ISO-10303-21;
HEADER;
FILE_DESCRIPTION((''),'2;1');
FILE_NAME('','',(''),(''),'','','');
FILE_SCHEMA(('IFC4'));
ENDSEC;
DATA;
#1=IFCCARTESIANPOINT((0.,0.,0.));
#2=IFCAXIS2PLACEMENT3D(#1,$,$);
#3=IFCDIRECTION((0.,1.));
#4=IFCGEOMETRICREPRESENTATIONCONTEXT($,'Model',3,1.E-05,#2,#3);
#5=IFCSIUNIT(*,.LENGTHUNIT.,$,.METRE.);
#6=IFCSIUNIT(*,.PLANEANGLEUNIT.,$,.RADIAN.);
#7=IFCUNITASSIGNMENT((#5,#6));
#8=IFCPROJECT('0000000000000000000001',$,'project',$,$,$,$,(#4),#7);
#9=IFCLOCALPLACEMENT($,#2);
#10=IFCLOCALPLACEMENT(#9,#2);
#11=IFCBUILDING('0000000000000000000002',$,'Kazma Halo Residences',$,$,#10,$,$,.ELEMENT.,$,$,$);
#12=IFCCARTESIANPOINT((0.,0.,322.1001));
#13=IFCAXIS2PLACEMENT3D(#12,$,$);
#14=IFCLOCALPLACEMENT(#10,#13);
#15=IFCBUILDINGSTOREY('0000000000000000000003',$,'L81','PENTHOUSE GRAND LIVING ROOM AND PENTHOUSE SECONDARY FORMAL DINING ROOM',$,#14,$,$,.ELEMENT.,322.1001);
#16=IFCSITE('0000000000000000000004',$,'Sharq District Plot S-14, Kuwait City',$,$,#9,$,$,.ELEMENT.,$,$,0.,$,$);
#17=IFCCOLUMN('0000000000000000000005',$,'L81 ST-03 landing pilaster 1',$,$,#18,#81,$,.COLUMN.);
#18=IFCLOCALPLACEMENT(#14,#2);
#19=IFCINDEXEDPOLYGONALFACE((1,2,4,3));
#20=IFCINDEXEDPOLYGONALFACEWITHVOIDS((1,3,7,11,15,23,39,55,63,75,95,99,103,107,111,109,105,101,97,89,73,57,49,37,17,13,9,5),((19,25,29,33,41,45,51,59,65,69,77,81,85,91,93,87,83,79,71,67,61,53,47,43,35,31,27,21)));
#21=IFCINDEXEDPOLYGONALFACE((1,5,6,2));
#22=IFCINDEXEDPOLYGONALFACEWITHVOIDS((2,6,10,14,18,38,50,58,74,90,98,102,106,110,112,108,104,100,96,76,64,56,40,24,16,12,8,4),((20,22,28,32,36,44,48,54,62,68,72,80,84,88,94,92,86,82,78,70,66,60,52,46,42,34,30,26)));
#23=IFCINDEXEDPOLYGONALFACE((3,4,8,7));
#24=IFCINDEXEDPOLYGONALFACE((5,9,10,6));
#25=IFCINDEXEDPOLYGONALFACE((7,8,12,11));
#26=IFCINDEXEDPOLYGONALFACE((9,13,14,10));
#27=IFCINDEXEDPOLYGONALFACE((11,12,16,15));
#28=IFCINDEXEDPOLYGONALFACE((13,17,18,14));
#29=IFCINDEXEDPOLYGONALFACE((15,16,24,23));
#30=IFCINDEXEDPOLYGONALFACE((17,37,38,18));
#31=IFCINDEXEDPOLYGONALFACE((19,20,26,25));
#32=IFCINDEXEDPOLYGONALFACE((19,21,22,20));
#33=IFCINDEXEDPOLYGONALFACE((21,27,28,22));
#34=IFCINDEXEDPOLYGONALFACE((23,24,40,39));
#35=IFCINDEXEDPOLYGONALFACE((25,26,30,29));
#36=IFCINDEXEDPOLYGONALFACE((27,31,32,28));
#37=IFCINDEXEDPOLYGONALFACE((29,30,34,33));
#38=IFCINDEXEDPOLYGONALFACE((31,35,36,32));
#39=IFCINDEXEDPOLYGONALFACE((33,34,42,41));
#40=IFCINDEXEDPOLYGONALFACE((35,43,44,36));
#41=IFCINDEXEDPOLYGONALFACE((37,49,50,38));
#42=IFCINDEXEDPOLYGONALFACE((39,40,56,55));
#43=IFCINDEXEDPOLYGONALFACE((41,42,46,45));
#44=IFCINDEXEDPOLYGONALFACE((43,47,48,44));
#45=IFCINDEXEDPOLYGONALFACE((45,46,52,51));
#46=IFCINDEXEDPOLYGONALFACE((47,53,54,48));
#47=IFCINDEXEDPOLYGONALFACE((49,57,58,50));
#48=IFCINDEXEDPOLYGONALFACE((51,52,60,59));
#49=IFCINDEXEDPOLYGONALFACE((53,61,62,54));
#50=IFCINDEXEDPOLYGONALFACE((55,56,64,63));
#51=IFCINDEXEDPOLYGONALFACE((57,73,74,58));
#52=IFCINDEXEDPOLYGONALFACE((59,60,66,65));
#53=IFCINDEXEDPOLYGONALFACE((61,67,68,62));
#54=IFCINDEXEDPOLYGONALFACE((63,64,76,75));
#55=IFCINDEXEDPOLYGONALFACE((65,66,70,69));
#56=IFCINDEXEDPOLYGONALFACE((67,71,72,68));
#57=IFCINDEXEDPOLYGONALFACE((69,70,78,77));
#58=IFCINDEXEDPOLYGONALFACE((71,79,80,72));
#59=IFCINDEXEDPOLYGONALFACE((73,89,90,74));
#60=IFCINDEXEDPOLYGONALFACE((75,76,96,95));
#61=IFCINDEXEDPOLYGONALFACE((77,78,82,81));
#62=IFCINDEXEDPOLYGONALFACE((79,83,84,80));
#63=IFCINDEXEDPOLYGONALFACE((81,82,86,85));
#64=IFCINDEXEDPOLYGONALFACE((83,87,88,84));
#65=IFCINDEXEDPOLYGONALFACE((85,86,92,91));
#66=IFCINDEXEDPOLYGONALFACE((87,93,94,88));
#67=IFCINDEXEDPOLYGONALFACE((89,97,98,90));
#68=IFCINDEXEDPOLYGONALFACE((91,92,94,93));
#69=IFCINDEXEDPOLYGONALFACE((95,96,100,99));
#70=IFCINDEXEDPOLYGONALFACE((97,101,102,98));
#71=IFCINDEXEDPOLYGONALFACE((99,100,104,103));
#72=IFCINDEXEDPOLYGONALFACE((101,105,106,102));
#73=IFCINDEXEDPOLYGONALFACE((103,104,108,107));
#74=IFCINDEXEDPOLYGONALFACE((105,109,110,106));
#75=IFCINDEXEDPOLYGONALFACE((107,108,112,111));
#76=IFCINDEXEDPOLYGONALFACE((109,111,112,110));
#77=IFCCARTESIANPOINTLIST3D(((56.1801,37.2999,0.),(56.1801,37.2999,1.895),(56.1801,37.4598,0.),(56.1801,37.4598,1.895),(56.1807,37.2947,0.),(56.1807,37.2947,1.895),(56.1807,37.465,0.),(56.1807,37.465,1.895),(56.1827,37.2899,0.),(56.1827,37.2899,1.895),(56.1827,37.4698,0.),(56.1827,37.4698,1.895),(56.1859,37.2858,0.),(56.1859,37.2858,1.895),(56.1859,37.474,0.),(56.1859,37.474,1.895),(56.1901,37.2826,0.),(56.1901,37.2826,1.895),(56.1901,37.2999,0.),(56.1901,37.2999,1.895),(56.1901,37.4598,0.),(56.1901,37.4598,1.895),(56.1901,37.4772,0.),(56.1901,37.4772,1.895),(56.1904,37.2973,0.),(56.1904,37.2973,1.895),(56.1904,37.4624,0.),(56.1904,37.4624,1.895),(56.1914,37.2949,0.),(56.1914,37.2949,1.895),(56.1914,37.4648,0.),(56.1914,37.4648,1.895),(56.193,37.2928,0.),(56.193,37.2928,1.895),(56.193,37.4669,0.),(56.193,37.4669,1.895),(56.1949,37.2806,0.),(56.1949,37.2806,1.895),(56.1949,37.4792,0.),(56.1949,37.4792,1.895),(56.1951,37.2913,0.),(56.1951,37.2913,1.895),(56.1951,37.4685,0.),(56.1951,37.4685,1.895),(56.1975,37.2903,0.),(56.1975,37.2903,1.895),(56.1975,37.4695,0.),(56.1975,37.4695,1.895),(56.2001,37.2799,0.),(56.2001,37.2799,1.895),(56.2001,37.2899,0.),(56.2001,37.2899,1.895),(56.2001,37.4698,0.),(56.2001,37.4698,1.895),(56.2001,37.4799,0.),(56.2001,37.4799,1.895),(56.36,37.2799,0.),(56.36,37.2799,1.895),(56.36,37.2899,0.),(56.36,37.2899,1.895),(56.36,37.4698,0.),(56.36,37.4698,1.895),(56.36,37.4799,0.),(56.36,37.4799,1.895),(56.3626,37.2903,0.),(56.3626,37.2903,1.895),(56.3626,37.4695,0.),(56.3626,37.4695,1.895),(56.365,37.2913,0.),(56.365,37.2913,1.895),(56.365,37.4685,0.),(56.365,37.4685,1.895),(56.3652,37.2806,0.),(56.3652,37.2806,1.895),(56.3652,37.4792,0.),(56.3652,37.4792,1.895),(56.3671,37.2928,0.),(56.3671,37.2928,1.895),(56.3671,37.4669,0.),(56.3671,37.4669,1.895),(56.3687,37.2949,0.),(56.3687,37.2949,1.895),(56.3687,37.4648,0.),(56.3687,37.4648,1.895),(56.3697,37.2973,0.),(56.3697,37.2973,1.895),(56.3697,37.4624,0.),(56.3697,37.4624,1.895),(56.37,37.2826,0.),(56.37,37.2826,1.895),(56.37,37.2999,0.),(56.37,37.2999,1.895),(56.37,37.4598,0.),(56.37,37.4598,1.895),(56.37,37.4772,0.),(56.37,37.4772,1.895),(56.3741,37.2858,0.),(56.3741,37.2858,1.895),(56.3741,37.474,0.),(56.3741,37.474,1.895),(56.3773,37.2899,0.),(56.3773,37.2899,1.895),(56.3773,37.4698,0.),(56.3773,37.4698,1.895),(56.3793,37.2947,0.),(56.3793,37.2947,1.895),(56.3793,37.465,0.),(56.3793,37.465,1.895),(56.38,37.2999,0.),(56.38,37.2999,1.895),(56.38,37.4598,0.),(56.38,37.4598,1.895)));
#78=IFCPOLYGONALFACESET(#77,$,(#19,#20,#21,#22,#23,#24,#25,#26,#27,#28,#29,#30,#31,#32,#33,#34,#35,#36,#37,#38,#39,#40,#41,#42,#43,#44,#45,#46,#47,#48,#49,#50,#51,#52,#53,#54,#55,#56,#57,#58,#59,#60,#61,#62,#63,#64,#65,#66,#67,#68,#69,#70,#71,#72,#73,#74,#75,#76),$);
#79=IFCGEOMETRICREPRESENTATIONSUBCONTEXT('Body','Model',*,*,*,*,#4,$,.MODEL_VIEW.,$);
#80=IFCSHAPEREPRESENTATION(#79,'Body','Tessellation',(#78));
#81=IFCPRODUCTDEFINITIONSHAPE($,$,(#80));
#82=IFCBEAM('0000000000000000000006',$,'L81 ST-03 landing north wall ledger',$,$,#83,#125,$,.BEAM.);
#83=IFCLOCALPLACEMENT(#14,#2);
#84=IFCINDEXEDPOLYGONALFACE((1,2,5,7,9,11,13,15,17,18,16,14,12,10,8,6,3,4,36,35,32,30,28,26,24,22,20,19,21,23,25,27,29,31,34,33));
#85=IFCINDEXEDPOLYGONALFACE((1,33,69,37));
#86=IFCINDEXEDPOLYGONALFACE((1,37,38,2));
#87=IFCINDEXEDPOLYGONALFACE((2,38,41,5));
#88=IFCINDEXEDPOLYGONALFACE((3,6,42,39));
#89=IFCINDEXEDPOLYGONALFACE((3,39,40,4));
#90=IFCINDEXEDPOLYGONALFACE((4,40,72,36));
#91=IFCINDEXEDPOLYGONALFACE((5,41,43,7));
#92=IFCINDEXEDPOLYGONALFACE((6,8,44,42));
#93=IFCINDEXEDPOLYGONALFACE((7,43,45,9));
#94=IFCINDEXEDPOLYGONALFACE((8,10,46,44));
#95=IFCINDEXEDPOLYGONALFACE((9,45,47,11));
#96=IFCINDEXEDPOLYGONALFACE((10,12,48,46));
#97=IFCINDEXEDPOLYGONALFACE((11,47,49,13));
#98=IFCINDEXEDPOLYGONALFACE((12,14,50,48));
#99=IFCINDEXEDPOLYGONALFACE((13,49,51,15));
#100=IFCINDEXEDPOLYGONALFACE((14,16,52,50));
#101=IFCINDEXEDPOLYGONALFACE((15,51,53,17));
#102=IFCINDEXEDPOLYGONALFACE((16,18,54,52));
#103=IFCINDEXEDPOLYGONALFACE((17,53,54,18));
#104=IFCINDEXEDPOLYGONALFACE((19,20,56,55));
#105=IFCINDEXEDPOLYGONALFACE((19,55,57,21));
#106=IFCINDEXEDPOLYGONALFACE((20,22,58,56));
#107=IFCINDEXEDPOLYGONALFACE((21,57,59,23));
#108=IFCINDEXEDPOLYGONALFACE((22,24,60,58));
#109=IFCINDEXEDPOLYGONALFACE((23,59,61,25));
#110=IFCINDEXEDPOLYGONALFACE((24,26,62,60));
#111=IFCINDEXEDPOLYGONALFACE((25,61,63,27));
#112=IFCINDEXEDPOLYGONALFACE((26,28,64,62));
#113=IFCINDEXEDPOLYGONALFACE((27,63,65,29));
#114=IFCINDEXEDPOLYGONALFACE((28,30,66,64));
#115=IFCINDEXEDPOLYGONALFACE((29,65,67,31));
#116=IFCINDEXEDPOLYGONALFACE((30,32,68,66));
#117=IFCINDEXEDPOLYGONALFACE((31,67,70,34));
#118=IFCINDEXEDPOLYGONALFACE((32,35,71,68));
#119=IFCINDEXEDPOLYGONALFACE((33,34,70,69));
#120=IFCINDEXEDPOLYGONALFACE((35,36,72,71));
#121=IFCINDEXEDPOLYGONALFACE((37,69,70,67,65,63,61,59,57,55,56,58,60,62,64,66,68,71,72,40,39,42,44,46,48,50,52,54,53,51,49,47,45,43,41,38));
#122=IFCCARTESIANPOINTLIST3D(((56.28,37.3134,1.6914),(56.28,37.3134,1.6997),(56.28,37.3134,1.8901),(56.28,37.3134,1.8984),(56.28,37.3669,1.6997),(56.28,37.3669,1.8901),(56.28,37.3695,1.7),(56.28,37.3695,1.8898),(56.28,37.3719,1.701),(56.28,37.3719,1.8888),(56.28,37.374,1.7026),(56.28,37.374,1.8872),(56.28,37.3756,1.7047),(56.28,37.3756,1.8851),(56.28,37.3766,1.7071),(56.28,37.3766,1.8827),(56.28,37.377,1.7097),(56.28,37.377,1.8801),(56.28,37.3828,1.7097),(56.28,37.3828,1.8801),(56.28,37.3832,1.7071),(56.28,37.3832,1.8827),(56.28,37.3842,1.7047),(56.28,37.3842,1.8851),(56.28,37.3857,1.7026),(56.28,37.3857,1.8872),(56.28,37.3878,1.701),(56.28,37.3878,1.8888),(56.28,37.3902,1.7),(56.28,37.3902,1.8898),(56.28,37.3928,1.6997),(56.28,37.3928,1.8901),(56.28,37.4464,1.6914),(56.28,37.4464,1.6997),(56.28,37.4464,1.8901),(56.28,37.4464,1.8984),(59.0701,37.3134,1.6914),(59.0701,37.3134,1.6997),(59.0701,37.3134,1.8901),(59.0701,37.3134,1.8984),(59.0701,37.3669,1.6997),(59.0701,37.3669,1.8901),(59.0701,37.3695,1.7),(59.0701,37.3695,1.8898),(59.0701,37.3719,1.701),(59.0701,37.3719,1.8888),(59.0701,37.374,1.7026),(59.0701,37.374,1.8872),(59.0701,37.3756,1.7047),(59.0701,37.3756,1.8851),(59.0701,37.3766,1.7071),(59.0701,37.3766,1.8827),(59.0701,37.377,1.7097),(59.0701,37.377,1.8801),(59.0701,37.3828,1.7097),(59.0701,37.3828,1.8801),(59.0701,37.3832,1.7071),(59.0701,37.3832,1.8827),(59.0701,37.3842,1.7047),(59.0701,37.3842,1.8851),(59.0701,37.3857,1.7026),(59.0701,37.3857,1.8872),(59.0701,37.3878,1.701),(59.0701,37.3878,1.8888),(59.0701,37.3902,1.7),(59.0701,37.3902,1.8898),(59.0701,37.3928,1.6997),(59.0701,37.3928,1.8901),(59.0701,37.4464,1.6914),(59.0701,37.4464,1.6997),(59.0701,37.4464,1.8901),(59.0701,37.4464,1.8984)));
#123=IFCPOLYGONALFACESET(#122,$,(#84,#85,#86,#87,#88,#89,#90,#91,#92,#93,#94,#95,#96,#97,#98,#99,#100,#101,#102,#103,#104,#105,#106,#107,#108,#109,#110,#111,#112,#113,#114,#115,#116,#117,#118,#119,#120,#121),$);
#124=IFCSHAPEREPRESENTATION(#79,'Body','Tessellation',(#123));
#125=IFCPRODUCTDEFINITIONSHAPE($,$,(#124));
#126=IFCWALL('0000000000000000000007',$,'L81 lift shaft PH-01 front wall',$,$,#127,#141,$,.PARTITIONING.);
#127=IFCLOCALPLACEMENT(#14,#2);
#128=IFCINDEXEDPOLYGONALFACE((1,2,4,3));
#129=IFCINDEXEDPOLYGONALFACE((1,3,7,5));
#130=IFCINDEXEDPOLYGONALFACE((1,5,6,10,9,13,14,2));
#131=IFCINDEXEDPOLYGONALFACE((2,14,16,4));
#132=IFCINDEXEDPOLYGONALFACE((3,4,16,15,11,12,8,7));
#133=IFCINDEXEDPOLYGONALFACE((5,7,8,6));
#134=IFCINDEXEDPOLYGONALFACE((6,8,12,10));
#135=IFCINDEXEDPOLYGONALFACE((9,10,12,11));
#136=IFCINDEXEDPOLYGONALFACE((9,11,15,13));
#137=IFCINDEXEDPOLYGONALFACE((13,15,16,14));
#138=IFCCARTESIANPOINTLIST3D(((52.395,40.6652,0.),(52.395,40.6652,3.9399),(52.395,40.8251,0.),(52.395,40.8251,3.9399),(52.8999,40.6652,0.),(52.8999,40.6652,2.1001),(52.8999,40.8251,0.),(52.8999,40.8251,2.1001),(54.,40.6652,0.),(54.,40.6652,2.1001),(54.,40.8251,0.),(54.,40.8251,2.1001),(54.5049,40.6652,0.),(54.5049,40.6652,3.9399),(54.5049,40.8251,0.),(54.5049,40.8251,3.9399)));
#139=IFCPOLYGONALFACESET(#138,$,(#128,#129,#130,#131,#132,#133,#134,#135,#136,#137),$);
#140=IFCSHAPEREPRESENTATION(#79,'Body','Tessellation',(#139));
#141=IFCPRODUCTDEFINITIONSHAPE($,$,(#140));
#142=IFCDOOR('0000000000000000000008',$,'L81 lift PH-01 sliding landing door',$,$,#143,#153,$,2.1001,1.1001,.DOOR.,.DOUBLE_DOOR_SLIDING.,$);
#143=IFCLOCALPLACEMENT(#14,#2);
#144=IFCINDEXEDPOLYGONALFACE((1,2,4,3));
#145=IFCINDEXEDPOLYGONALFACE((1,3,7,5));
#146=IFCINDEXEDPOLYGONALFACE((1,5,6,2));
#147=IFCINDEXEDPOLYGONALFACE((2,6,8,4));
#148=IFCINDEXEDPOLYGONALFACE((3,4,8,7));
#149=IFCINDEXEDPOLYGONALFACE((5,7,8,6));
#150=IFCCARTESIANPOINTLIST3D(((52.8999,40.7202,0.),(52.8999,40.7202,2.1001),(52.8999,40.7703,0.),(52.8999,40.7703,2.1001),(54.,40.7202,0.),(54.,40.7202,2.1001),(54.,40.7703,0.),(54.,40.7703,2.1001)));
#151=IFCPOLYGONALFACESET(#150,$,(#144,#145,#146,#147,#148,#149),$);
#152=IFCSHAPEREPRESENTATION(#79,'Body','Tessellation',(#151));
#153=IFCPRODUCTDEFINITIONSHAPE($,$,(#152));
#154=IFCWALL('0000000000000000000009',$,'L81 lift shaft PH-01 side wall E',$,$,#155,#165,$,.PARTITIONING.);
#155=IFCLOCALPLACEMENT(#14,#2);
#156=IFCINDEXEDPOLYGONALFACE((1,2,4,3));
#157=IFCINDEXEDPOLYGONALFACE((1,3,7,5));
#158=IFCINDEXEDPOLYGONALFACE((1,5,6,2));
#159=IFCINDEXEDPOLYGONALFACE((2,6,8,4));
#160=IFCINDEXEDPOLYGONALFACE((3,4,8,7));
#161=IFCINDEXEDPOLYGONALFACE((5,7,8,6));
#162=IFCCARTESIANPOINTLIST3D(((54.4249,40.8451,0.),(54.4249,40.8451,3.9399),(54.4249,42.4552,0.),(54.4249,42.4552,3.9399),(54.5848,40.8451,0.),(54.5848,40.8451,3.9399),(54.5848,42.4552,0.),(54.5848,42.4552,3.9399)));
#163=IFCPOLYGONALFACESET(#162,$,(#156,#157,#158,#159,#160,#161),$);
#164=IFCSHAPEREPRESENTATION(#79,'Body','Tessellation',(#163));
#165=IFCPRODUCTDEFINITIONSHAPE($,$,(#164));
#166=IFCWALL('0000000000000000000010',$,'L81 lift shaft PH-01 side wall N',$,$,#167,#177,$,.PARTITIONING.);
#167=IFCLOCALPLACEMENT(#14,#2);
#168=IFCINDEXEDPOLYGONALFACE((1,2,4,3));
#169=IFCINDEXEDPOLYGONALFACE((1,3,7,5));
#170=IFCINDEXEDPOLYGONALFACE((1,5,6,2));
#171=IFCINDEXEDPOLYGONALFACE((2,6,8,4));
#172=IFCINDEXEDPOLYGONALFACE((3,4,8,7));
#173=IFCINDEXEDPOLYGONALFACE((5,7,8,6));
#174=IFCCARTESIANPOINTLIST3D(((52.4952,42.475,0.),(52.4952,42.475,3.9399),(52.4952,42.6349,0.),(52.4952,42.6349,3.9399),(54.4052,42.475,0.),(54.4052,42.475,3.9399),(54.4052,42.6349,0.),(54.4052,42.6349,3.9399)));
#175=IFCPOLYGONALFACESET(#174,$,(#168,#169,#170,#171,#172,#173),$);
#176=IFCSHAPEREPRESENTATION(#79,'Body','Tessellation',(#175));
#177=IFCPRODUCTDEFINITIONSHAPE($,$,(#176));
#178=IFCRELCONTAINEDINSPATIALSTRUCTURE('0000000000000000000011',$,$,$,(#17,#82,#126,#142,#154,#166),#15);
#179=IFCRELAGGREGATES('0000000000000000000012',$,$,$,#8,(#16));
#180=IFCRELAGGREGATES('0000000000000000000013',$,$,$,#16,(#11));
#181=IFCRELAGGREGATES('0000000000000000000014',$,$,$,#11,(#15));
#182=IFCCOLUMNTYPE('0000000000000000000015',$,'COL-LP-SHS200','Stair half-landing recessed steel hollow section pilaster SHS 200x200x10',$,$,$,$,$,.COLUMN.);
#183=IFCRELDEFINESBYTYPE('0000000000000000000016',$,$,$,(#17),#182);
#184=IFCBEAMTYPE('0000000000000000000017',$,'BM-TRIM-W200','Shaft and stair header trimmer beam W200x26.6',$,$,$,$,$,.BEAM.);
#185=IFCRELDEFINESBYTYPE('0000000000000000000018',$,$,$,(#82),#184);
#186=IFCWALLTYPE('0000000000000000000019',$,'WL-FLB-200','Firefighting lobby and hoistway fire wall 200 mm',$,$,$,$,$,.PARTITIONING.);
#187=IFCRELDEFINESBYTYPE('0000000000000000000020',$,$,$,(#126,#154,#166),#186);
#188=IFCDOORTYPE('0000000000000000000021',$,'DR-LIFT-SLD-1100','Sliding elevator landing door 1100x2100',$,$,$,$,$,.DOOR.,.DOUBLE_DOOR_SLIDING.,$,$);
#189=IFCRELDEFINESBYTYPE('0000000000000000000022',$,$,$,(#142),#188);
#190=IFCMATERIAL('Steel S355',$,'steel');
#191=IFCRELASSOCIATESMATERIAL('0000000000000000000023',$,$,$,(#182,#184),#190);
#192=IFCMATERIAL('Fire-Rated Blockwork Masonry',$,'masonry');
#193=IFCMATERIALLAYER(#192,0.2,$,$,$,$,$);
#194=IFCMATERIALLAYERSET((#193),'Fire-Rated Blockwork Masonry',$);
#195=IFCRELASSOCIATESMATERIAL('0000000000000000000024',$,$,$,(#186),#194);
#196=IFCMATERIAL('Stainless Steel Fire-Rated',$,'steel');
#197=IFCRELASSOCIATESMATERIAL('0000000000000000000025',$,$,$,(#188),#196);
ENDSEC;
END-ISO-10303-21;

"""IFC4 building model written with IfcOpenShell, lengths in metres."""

from ifc_helpers import new_model, si_unit, direction, frame, frame_2d, origin, origin_2d, place, context, subcontext, project, spatial, rectangle, hollow_rectangle, i_section, extrude, material, layer, layer_set, material_profile, profile_set, type_object, element, fill, save


model = new_model("IFC4")

# Units and contexts
model_context = context("Model", 3, precision=1e-05, world=origin(), true_north=direction((0.0, 1.0)))
body_context = subcontext(model_context, "Body", "Model", "MODEL_VIEW")
ifc_project = project(units=[si_unit("LENGTHUNIT", "METRE"), si_unit("PLANEANGLEUNIT", "RADIAN")], contexts=[model_context])

# Site, building, storey
site_placement = place(None, origin())
site = spatial("IfcSite", under=ifc_project, at=site_placement, Name="Sharq District Plot S-14, Kuwait City", CompositionType="ELEMENT", RefElevation=0.0)
building_placement = place(site_placement, origin())
building = spatial("IfcBuilding", under=site, at=building_placement, Name="Kazma Halo Residences", CompositionType="ELEMENT")
storey_placement = place(building_placement, frame((0.0, 0.0, 322.1001)))
storey = spatial("IfcBuildingStorey", under=building, at=storey_placement, Name="L81", Description="PENTHOUSE GRAND LIVING ROOM AND PENTHOUSE SECONDARY FORMAL DINING ROOM", CompositionType="ELEMENT", Elevation=322.1001)

# Column
ifc_material_1 = material(Name="Steel S355", Category="steel")
ifc_material_profile_1 = material_profile(ifc_material_1, hollow_rectangle(XDim=0.2, YDim=0.2, WallThickness=0.01, InnerFilletRadius=0.01, OuterFilletRadius=0.02, at=origin_2d()), Name="SHS200x200x10")
ifc_profile_set_1 = profile_set([ifc_material_profile_1], Name="Steel S355")
column_type = type_object("IfcColumnType", Name="COL-LP-SHS200", Description="Stair half-landing recessed steel hollow section pilaster SHS 200x200x10", PredefinedType="COLUMN", material=ifc_profile_set_1)
column_placement = place(storey_placement, frame((56.28, 37.3799, 0.0), z_axis=(0.0, 0.0, 1.0), x_axis=(1.0, 0.0, 0.0)))
element("IfcColumn", 1, at=column_placement, inside=storey, type_object=column_type, Name="L81 ST-03 landing pilaster 1", PredefinedType="COLUMN", context=body_context, shape_type="SweptSolid", body=[
    extrude(hollow_rectangle(XDim=0.2, YDim=0.2, WallThickness=0.01, InnerFilletRadius=0.01, OuterFilletRadius=0.02, at=origin_2d()), origin(), (0.0, 0.0, 1.0), 1.895),
])

# Beam
ifc_material_profile_2 = material_profile(ifc_material_1, i_section(OverallWidth=0.1331, OverallDepth=0.207, WebThickness=0.0059, FlangeThickness=0.0083, FilletRadius=0.01, at=origin_2d()), Name="W200x26.6")
ifc_profile_set_2 = profile_set([ifc_material_profile_2], Name="Steel S355")
beam_type = type_object("IfcBeamType", Name="BM-TRIM-W200", Description="Shaft and stair header trimmer beam W200x26.6", PredefinedType="BEAM", material=ifc_profile_set_2)
beam_placement = place(storey_placement, frame((56.28, 37.3799, 1.7949), z_axis=(1.0, 0.0, 0.0), x_axis=(0.0, 1.0, 0.0)))
element("IfcBeam", 2, at=beam_placement, inside=storey, type_object=beam_type, Name="L81 ST-03 landing north wall ledger", PredefinedType="BEAM", context=body_context, shape_type="SweptSolid", body=[
    extrude(i_section(OverallWidth=0.1331, OverallDepth=0.207, WebThickness=0.0059, FlangeThickness=0.0083, FilletRadius=0.01, at=origin_2d()), origin(), (0.0, 0.0, 1.0), 2.79),
])

# Wall, opening, door
ifc_material_2 = material(Name="Fire-Rated Blockwork Masonry", Category="masonry")
ifc_layer_1 = layer(ifc_material_2, 0.2)
ifc_layer_set_1 = layer_set([ifc_layer_1], Name="Fire-Rated Blockwork Masonry")
wall_type_1 = type_object("IfcWallType", Name="WL-FLB-200", Description="Firefighting lobby and hoistway fire wall 200 mm", PredefinedType="PARTITIONING", material=ifc_layer_set_1)
wall_1_placement = place(storey_placement, frame((54.5049, 40.7451, 0.0), z_axis=(0.0, 0.0, 1.0), x_axis=(-1.0, 0.0, 0.0)))
wall_1 = element("IfcWall", 3, at=wall_1_placement, inside=storey, type_object=wall_type_1, Name="L81 lift shaft PH-01 front wall", PredefinedType="PARTITIONING", context=body_context, shape_type="SweptSolid", body=[
    extrude(rectangle(XDim=2.1099, YDim=0.1599, at=frame_2d((1.0549, 0.0))), origin(), (0.0, 0.0, 1.0), 3.9399),
])
opening_1_placement = place(wall_1_placement, frame((0.5049, 0.0, 0.0)))
opening_1 = element("IfcOpeningElement", 4, at=opening_1_placement, cuts=wall_1, PredefinedType="OPENING", context=body_context, shape_type="SweptSolid", body=[
    extrude(rectangle(XDim=1.1001, YDim=2.1001, at=frame_2d((0.55, 1.05))), frame((0.0, 0.0898, 0.0), z_axis=(0.0, -1.0, 0.0), x_axis=(1.0, 0.0, 0.0)), (0.0, 0.0, 1.0), 0.1799),
])
ifc_material_3 = material(Name="Stainless Steel Fire-Rated", Category="steel")
door_type_1 = type_object("IfcDoorType", Name="DR-LIFT-SLD-1100", Description="Sliding elevator landing door 1100x2100", OperationType="DOUBLE_DOOR_SLIDING", PredefinedType="DOOR", material=ifc_material_3)
door_1_placement = place(opening_1_placement, origin())
door_1 = element("IfcDoor", 5, at=door_1_placement, inside=storey, type_object=door_type_1, Name="L81 lift PH-01 sliding landing door", OperationType="DOUBLE_DOOR_SLIDING", OverallHeight=2.1001, OverallWidth=1.1001, PredefinedType="DOOR", context=body_context, shape_type="SweptSolid", body=[
    extrude(rectangle(XDim=1.1001, YDim=2.1001, at=frame_2d((0.55, 1.05))), frame((0.0, 0.0249, 0.0), z_axis=(0.0, -1.0, 0.0), x_axis=(1.0, 0.0, 0.0)), (0.0, 0.0, 1.0), 0.05),
])
fill(opening_1, door_1)

# Walls
wall_2_placement = place(storey_placement, frame((54.5049, 40.845, 0.0), z_axis=(0.0, 0.0, 1.0), x_axis=(0.0, 1.0, 0.0)))
element("IfcWall", 6, at=wall_2_placement, inside=storey, type_object=wall_type_1, Name="L81 lift shaft PH-01 side wall E", PredefinedType="PARTITIONING", context=body_context, shape_type="SweptSolid", body=[
    extrude(rectangle(XDim=1.6101, YDim=0.1599, at=frame_2d((0.8052, 0.0))), origin(), (0.0, 0.0, 1.0), 3.9399),
])
wall_3_placement = place(storey_placement, frame((52.4951, 42.5549, 0.0), z_axis=(0.0, 0.0, 1.0), x_axis=(1.0, 0.0, 0.0)))
element("IfcWall", 7, at=wall_3_placement, inside=storey, type_object=wall_type_1, Name="L81 lift shaft PH-01 side wall N", PredefinedType="PARTITIONING", context=body_context, shape_type="SweptSolid", body=[
    extrude(rectangle(XDim=1.9099, YDim=0.1599, at=frame_2d((0.9551, 0.0))), origin(), (0.0, 0.0, 1.0), 3.9399),
])

save(model, "model.ifc")
